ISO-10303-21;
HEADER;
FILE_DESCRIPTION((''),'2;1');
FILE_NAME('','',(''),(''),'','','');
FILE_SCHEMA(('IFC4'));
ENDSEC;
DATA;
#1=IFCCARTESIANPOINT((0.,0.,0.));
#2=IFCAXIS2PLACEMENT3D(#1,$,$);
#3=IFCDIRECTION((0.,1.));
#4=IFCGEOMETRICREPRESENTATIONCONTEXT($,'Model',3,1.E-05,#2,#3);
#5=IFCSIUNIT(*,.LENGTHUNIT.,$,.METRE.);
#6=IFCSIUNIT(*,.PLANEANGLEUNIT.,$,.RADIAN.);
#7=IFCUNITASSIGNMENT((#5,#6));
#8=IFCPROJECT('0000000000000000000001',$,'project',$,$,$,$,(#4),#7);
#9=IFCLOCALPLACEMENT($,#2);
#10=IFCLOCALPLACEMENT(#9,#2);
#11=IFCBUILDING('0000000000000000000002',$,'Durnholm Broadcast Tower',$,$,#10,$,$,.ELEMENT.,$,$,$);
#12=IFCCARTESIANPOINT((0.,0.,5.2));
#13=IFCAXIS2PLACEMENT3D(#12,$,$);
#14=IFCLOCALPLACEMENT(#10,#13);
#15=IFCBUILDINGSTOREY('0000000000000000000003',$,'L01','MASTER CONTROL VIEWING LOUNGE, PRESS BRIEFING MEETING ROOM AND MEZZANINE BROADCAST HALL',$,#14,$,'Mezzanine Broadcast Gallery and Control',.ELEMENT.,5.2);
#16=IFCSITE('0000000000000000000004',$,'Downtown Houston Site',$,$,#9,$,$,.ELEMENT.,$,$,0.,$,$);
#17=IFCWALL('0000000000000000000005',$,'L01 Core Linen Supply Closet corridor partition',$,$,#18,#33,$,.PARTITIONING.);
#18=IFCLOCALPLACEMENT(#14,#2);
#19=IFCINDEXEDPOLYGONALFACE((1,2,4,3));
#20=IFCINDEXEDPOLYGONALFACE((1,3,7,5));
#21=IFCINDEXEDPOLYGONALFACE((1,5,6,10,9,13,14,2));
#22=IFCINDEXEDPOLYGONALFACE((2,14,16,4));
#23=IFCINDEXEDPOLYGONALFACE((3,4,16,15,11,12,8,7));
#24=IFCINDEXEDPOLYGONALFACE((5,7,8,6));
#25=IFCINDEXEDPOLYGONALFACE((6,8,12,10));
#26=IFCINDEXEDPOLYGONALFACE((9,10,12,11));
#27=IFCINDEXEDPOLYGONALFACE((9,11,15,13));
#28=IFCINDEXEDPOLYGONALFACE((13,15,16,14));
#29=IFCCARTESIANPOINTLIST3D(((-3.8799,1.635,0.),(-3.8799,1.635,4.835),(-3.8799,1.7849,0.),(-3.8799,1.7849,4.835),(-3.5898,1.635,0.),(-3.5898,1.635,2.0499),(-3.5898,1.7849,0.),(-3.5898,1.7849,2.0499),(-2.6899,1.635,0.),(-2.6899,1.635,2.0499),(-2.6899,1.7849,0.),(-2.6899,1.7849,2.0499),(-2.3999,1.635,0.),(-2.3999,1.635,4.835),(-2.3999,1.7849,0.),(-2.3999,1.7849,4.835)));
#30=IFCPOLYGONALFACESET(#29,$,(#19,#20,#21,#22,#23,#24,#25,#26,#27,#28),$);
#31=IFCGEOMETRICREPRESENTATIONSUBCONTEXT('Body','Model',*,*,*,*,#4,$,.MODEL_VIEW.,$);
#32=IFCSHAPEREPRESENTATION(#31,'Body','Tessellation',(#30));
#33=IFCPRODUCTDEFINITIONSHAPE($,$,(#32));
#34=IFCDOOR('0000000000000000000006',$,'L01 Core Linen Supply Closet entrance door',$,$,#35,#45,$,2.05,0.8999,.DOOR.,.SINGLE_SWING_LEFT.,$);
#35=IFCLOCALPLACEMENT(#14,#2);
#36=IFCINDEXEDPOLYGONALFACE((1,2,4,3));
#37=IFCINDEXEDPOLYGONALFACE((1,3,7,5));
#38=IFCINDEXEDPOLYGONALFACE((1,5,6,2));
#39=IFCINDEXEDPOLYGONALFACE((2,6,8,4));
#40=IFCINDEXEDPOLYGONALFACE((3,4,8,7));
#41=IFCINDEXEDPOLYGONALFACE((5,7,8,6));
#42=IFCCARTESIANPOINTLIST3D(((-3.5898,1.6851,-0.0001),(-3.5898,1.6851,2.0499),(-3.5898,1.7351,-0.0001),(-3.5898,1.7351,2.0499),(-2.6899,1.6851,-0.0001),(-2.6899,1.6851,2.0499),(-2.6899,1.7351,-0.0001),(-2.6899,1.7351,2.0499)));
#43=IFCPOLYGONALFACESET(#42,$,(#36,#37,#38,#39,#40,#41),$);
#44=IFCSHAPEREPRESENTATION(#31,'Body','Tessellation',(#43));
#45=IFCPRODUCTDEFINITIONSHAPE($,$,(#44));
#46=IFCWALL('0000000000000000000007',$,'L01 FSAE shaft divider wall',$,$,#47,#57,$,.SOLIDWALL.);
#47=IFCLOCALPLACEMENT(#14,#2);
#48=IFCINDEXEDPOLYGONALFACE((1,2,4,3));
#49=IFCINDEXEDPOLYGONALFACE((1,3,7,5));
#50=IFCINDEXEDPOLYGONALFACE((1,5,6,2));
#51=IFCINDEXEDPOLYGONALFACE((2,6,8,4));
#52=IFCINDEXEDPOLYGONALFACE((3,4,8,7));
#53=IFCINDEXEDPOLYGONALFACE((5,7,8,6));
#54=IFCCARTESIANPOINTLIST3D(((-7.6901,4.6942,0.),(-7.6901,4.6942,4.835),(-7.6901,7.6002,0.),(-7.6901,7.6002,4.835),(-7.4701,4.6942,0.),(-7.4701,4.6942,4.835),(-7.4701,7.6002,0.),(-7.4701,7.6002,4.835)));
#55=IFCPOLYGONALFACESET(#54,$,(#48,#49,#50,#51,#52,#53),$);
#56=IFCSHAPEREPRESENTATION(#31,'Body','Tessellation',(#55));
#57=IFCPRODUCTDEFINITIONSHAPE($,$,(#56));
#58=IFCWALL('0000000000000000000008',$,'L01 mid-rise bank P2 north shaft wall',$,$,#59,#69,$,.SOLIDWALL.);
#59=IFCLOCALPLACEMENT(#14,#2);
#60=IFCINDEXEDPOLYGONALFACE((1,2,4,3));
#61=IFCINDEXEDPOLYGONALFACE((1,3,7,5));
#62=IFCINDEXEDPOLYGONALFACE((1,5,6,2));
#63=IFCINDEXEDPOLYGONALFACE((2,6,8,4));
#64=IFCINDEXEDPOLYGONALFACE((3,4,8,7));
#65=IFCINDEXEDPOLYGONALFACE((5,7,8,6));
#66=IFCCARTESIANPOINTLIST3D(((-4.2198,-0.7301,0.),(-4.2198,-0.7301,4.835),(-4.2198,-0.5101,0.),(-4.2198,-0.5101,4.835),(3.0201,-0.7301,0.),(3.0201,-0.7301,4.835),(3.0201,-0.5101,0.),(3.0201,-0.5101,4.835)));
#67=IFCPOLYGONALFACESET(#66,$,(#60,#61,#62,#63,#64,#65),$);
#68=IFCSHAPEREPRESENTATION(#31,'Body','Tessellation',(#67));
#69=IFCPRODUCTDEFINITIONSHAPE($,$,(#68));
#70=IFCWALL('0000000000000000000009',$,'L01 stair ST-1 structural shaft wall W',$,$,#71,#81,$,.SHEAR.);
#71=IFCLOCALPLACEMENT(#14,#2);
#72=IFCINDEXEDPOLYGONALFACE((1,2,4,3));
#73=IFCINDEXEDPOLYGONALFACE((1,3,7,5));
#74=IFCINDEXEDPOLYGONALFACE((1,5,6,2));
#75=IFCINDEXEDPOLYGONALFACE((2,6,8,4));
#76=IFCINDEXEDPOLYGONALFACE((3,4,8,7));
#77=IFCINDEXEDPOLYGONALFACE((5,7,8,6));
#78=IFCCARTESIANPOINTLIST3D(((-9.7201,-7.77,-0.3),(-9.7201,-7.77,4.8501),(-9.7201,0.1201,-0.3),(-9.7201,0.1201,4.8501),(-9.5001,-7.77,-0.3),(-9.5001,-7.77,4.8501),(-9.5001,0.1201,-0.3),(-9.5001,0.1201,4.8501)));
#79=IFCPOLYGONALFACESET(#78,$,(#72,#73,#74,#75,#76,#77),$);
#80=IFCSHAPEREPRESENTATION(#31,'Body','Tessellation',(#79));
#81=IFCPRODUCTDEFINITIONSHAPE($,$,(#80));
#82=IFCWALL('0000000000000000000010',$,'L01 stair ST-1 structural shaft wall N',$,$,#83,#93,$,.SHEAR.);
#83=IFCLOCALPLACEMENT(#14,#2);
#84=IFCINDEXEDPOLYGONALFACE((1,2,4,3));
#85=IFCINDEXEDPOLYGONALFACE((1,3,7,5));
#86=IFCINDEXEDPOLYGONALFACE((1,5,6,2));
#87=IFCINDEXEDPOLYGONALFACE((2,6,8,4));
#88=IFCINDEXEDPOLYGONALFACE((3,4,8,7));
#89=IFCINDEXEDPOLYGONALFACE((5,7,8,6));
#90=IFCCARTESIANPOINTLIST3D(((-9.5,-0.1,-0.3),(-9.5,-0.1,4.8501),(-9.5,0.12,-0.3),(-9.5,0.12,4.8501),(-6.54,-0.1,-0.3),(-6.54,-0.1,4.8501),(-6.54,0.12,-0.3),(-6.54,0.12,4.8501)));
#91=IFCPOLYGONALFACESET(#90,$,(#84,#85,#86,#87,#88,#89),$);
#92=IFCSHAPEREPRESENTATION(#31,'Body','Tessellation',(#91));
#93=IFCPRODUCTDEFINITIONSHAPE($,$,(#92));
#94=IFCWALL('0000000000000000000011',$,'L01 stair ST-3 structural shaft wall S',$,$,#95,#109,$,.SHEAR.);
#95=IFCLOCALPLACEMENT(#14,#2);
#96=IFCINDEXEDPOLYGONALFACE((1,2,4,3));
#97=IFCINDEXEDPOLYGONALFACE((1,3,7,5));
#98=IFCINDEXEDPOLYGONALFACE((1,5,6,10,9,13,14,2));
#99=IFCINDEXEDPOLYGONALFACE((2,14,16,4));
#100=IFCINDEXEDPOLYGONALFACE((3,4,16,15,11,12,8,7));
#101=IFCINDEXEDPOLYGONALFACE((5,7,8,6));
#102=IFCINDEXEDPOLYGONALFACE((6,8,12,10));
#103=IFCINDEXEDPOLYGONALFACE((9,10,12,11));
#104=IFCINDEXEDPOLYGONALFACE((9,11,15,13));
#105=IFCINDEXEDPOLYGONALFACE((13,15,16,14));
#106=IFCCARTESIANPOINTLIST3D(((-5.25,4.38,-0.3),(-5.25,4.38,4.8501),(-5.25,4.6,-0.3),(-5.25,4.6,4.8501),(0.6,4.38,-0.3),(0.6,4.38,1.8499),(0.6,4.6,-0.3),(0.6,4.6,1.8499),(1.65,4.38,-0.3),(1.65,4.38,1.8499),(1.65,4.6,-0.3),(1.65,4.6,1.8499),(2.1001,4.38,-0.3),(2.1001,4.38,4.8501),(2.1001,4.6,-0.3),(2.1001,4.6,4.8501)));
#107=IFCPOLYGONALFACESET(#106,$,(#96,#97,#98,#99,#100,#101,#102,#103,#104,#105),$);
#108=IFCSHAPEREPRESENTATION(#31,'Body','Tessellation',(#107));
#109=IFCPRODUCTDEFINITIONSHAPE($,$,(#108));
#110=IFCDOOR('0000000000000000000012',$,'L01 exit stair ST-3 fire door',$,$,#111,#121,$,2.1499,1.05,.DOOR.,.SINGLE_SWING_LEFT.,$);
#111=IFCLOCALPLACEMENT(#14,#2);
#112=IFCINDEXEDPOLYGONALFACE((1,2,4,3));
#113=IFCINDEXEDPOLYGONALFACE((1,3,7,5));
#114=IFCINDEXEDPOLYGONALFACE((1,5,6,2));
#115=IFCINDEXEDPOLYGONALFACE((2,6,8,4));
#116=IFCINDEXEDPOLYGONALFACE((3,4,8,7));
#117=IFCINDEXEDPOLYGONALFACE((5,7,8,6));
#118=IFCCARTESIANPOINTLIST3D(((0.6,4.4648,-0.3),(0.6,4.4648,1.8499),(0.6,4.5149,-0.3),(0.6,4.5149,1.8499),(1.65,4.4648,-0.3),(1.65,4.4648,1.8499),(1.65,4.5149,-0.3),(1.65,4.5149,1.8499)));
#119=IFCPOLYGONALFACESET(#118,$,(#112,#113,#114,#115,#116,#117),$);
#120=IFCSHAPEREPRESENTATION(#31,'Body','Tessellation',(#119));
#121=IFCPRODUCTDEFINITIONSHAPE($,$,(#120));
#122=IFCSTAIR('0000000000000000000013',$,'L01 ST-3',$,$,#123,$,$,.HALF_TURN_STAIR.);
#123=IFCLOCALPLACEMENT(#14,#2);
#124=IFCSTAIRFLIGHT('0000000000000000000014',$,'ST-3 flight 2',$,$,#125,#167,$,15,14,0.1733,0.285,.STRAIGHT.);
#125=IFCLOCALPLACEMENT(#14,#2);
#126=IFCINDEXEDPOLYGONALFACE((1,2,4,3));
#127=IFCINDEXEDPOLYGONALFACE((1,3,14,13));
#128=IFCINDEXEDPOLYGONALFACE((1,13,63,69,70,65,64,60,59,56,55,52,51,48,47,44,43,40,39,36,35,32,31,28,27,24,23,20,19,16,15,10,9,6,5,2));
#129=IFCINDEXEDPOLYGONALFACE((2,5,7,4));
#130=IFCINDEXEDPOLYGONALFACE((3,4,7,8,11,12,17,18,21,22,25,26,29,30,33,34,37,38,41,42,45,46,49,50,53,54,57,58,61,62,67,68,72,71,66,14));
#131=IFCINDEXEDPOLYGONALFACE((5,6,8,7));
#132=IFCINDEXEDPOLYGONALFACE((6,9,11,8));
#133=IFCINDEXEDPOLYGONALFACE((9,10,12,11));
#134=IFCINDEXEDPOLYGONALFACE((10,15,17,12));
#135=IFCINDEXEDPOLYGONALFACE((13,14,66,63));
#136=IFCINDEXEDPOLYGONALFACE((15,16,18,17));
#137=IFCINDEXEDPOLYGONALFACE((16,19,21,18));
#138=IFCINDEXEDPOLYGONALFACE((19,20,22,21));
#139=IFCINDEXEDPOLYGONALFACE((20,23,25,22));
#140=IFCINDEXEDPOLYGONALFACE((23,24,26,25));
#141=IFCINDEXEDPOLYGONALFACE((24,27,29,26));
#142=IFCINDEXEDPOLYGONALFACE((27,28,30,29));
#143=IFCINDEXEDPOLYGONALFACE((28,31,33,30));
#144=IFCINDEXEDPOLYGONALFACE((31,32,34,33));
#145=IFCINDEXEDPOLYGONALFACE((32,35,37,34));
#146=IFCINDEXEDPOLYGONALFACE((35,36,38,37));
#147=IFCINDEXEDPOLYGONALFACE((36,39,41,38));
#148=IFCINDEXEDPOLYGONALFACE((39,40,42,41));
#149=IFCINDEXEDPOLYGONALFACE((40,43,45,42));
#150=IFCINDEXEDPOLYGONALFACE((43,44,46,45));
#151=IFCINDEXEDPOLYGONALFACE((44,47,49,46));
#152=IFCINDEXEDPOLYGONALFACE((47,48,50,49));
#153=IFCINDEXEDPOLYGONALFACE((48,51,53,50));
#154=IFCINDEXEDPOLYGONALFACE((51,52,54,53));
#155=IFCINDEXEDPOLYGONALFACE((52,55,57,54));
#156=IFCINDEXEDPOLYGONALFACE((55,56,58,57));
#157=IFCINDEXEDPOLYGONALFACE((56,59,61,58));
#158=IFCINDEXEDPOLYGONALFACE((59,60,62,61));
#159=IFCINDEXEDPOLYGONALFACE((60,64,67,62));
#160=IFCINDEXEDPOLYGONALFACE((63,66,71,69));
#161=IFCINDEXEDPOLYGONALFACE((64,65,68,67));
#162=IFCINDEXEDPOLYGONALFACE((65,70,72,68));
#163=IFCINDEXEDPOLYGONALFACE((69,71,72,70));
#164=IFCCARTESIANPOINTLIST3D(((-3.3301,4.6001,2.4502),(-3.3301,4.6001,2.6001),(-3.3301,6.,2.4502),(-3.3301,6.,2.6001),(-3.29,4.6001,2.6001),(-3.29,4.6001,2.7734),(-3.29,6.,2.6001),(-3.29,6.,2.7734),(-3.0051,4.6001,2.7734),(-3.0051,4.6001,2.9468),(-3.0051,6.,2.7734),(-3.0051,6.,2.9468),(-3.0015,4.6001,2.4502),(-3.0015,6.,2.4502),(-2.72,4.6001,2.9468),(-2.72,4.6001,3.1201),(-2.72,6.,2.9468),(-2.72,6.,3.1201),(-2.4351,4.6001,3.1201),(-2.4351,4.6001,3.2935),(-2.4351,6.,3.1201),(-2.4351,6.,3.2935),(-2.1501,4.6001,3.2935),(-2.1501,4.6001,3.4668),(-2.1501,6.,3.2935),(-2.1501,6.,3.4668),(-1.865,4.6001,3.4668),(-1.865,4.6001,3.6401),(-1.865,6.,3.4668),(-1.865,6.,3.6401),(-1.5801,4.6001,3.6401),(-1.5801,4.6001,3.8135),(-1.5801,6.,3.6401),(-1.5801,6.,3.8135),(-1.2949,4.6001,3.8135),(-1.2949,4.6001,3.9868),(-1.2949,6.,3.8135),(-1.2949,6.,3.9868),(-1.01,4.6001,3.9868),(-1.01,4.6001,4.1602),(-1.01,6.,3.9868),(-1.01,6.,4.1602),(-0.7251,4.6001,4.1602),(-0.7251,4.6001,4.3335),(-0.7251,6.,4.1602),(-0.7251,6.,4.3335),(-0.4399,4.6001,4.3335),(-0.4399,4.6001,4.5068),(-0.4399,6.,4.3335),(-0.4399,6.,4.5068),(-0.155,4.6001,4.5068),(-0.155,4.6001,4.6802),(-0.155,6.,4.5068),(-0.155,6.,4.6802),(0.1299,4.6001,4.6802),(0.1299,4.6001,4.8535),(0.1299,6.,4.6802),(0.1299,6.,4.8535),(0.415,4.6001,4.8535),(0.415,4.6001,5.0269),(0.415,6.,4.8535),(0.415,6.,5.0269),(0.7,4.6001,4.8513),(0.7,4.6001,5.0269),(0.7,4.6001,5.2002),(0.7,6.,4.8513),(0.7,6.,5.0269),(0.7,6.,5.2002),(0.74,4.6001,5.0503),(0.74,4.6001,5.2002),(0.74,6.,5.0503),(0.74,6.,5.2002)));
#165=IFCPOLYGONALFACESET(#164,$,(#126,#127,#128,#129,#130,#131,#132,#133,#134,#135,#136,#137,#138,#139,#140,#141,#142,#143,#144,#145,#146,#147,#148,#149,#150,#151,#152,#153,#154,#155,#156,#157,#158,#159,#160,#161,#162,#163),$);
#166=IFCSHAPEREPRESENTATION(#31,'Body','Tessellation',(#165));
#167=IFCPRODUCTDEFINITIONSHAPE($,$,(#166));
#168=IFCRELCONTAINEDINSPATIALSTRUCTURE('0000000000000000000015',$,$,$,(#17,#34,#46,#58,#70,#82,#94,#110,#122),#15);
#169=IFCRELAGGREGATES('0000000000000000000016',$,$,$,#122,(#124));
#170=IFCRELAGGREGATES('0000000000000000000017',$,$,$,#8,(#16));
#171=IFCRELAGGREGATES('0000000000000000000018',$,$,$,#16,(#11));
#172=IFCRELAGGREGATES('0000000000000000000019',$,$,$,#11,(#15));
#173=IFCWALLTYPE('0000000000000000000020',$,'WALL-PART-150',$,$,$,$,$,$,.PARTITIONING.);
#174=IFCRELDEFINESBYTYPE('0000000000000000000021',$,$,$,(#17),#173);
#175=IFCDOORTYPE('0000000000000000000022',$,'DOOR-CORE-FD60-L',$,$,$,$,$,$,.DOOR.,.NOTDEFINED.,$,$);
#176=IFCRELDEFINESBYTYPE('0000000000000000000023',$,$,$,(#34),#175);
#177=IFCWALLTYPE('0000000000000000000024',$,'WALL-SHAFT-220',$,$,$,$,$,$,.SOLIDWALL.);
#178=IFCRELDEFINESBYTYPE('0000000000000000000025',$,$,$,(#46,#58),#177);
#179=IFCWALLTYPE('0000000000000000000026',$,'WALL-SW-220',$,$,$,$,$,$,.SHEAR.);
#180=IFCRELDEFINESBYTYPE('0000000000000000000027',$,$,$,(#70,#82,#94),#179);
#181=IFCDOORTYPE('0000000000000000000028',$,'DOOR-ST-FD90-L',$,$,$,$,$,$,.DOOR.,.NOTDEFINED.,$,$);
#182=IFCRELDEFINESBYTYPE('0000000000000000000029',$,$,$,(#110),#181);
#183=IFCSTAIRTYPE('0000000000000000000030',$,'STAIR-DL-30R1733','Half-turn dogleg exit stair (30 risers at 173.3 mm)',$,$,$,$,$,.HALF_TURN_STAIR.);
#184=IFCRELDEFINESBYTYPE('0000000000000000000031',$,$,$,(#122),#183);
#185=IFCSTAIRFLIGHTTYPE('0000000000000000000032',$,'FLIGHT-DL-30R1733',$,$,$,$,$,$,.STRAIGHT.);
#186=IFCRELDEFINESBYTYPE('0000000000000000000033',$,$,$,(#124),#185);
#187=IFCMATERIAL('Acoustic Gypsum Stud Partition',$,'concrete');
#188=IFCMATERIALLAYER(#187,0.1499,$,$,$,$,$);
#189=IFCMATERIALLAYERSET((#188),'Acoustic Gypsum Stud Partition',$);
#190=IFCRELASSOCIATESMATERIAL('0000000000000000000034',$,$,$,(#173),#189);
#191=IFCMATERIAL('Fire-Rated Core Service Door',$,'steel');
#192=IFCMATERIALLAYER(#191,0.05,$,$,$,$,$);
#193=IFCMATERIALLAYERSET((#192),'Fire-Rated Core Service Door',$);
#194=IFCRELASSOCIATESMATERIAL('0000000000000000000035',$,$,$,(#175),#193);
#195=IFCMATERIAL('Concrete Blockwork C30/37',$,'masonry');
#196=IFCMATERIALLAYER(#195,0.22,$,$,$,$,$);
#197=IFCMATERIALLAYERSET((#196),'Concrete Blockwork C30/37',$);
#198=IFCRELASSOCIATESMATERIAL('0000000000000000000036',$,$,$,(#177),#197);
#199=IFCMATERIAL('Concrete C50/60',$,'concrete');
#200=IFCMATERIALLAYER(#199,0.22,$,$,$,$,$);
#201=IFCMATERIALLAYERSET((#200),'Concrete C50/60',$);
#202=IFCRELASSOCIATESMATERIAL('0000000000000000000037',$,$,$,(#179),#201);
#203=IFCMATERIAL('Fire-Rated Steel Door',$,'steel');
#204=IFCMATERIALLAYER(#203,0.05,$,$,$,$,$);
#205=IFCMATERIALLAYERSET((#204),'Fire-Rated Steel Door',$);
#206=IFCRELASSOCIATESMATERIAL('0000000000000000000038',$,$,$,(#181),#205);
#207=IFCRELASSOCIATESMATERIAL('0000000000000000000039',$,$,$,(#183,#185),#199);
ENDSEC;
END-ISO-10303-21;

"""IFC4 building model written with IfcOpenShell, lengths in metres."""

from ifc_helpers import new_model, si_unit, direction, frame, frame_2d, origin, place, context, subcontext, project, spatial, polyline, rectangle, outline, extrude, source, transform, mapped, material, layer, layer_set, type_object, type_shapes, element, fill, aggregate, save


model = new_model("IFC4")

# Units and contexts
model_context = context("Model", 3, precision=1e-05, world=origin(), true_north=direction((0.0, 1.0)))
body_context = subcontext(model_context, "Body", "Model", "MODEL_VIEW")
ifc_project = project(units=[si_unit("LENGTHUNIT", "METRE"), si_unit("PLANEANGLEUNIT", "RADIAN")], contexts=[model_context])

# Site, building, storey
site_placement = place(None, origin())
site = spatial("IfcSite", under=ifc_project, at=site_placement, Name="Downtown Houston Site", CompositionType="ELEMENT", RefElevation=0.0)
building_placement = place(site_placement, origin())
building = spatial("IfcBuilding", under=site, at=building_placement, Name="Durnholm Broadcast Tower", CompositionType="ELEMENT")
storey_placement = place(building_placement, frame((0.0, 0.0, 5.2)))
storey = spatial("IfcBuildingStorey", under=building, at=storey_placement, Name="L01", Description="MASTER CONTROL VIEWING LOUNGE, PRESS BRIEFING MEETING ROOM AND MEZZANINE BROADCAST HALL", LongName="Mezzanine Broadcast Gallery and Control", CompositionType="ELEMENT", Elevation=5.2)

# Wall, opening, door
ifc_material_1 = material(Name="Acoustic Gypsum Stud Partition", Category="concrete")
ifc_layer_1 = layer(ifc_material_1, 0.1499)
ifc_layer_set_1 = layer_set([ifc_layer_1], Name="Acoustic Gypsum Stud Partition")
wall_type_1 = type_object("IfcWallType", Name="WALL-PART-150", PredefinedType="PARTITIONING", material=ifc_layer_set_1)
ifc_material_2 = material(Name="Fire-Rated Core Service Door", Category="steel")
wall_1_placement = place(storey_placement, frame((-2.3999, 1.71, 0.0), z_axis=(0.0, 0.0, 1.0), x_axis=(-1.0, 0.0, 0.0)))
wall_1 = element("IfcWall", 1, at=wall_1_placement, inside=storey, type_object=wall_type_1, Name="L01 Core Linen Supply Closet corridor partition", PredefinedType="PARTITIONING", context=body_context, shape_type="SweptSolid", body=[
    extrude(rectangle(XDim=1.48, YDim=0.1499, at=frame_2d((0.74, 0.0))), origin(), (0.0, 0.0, 1.0), 4.835),
])
opening_1_placement = place(wall_1_placement, frame((0.29, 0.0, 0.0)))
opening_1 = element("IfcOpeningElement", 2, at=opening_1_placement, cuts=wall_1, PredefinedType="OPENING", context=body_context, shape_type="SweptSolid", body=[
    extrude(rectangle(XDim=0.8999, YDim=2.05, at=frame_2d((0.45, 1.0249))), frame((0.0, 0.085, 0.0), z_axis=(0.0, -1.0, 0.0), x_axis=(1.0, 0.0, 0.0)), (0.0, 0.0, 1.0), 0.1699),
])
ifc_layer_2 = layer(ifc_material_2, 0.05)
ifc_layer_set_2 = layer_set([ifc_layer_2], Name="Fire-Rated Core Service Door")
door_type_1 = type_object("IfcDoorType", Name="DOOR-CORE-FD60-L", OperationType="NOTDEFINED", PredefinedType="DOOR", material=ifc_layer_set_2)
shared_shape_1 = source(origin(), body_context, "Body", "SweptSolid", [
    extrude(rectangle(XDim=0.8999, YDim=2.05, at=frame_2d((0.45, 1.0249))), frame((0.0, 0.0249, 0.0), z_axis=(0.0, -1.0, 0.0), x_axis=(1.0, 0.0, 0.0)), (0.0, 0.0, 1.0), 0.05),
])
type_shapes(door_type_1, [shared_shape_1])
door_1_placement = place(opening_1_placement, origin())
door_1 = element("IfcDoor", 3, at=door_1_placement, inside=storey, type_object=door_type_1, Name="L01 Core Linen Supply Closet entrance door", OperationType="SINGLE_SWING_LEFT", OverallHeight=2.05, OverallWidth=0.8999, PredefinedType="DOOR", context=body_context, shape_type="MappedRepresentation", body=[
    mapped(shared_shape_1, transform((0.0, 0.0, 0.0), x_axis=(1.0, 0.0, 0.0), y_axis=(0.0, 1.0, 0.0), z_axis=(0.0, 0.0, 1.0), scale=1.0)),
])
fill(opening_1, door_1)

# Shared definitions
ifc_material_3 = material(Name="Concrete Blockwork C30/37", Category="masonry")
ifc_layer_3 = layer(ifc_material_3, 0.22)
ifc_layer_set_3 = layer_set([ifc_layer_3], Name="Concrete Blockwork C30/37")
wall_type_2 = type_object("IfcWallType", Name="WALL-SHAFT-220", PredefinedType="SOLIDWALL", material=ifc_layer_set_3)

# Walls
wall_2_placement = place(storey_placement, frame((-7.5801, 4.6941, 0.0), z_axis=(0.0, 0.0, 1.0), x_axis=(0.0, 1.0, 0.0)))
element("IfcWall", 4, at=wall_2_placement, inside=storey, type_object=wall_type_2, Name="L01 FSAE shaft divider wall", PredefinedType="SOLIDWALL", context=body_context, shape_type="SweptSolid", body=[
    extrude(rectangle(XDim=2.906, YDim=0.22, at=frame_2d((1.4531, 0.0))), origin(), (0.0, 0.0, 1.0), 4.835),
])
wall_3_placement = place(storey_placement, frame((-4.22, -0.6201, 0.0), z_axis=(0.0, 0.0, 1.0), x_axis=(1.0, 0.0, 0.0)))
element("IfcWall", 5, at=wall_3_placement, inside=storey, type_object=wall_type_2, Name="L01 mid-rise bank P2 north shaft wall", PredefinedType="SOLIDWALL", context=body_context, shape_type="SweptSolid", body=[
    extrude(rectangle(XDim=7.24, YDim=0.22, at=frame_2d((3.6201, 0.0))), origin(), (0.0, 0.0, 1.0), 4.835),
])
ifc_material_4 = material(Name="Concrete C50/60", Category="concrete")
ifc_layer_4 = layer(ifc_material_4, 0.22)
ifc_layer_set_4 = layer_set([ifc_layer_4], Name="Concrete C50/60")
wall_type_3 = type_object("IfcWallType", Name="WALL-SW-220", PredefinedType="SHEAR", material=ifc_layer_set_4)
wall_4_placement = place(storey_placement, frame((-9.6101, 0.1201, -0.3), z_axis=(0.0, 0.0, 1.0), x_axis=(0.0, -1.0, 0.0)))
element("IfcWall", 6, at=wall_4_placement, inside=storey, type_object=wall_type_3, Name="L01 stair ST-1 structural shaft wall W", PredefinedType="SHEAR", context=body_context, shape_type="SweptSolid", body=[
    extrude(rectangle(XDim=7.8901, YDim=0.22, at=frame_2d((3.9451, 0.0))), origin(), (0.0, 0.0, 1.0), 5.1501),
])
wall_5_placement = place(storey_placement, frame((-6.54, 0.01, -0.3), z_axis=(0.0, 0.0, 1.0), x_axis=(-1.0, 0.0, 0.0)))
element("IfcWall", 7, at=wall_5_placement, inside=storey, type_object=wall_type_3, Name="L01 stair ST-1 structural shaft wall N", PredefinedType="SHEAR", context=body_context, shape_type="SweptSolid", body=[
    extrude(rectangle(XDim=2.96, YDim=0.22, at=frame_2d((1.48, 0.0))), origin(), (0.0, 0.0, 1.0), 5.1501),
])

# Wall, opening, door
wall_6_placement = place(storey_placement, frame((-5.25, 4.49, -0.3), z_axis=(0.0, 0.0, 1.0), x_axis=(1.0, 0.0, 0.0)))
wall_6 = element("IfcWall", 8, at=wall_6_placement, inside=storey, type_object=wall_type_3, Name="L01 stair ST-3 structural shaft wall S", PredefinedType="SHEAR", context=body_context, shape_type="SweptSolid", body=[
    extrude(rectangle(XDim=7.3501, YDim=0.22, at=frame_2d((3.675, 0.0))), origin(), (0.0, 0.0, 1.0), 5.1501),
])
opening_2_placement = place(wall_6_placement, frame((5.8501, 0.0, 0.0)))
opening_2 = element("IfcOpeningElement", 9, at=opening_2_placement, cuts=wall_6, PredefinedType="OPENING", context=body_context, shape_type="SweptSolid", body=[
    extrude(rectangle(XDim=1.05, YDim=2.1499, at=frame_2d((0.5249, 1.075))), frame((0.0, 0.1201, 0.0), z_axis=(0.0, -1.0, 0.0), x_axis=(1.0, 0.0, 0.0)), (0.0, 0.0, 1.0), 0.24),
])
ifc_material_5 = material(Name="Fire-Rated Steel Door", Category="steel")
ifc_layer_5 = layer(ifc_material_5, 0.05)
ifc_layer_set_5 = layer_set([ifc_layer_5], Name="Fire-Rated Steel Door")
door_type_2 = type_object("IfcDoorType", Name="DOOR-ST-FD90-L", OperationType="NOTDEFINED", PredefinedType="DOOR", material=ifc_layer_set_5)
shared_shape_2 = source(origin(), body_context, "Body", "SweptSolid", [
    extrude(rectangle(XDim=1.05, YDim=2.1499, at=frame_2d((0.5249, 1.075))), frame((0.0, 0.0249, 0.0), z_axis=(0.0, -1.0, 0.0), x_axis=(1.0, 0.0, 0.0)), (0.0, 0.0, 1.0), 0.05),
])
type_shapes(door_type_2, [shared_shape_2])
door_2_placement = place(opening_2_placement, origin())
door_2 = element("IfcDoor", 10, at=door_2_placement, inside=storey, type_object=door_type_2, Name="L01 exit stair ST-3 fire door", OperationType="SINGLE_SWING_LEFT", OverallHeight=2.1499, OverallWidth=1.05, PredefinedType="DOOR", context=body_context, shape_type="MappedRepresentation", body=[
    mapped(shared_shape_2, transform((0.0, 0.0, 0.0), x_axis=(1.0, 0.0, 0.0), y_axis=(0.0, 1.0, 0.0), z_axis=(0.0, 0.0, 1.0), scale=1.0)),
])
fill(opening_2, door_2)

# Stair, stair flight
stair_type = type_object("IfcStairType", Name="STAIR-DL-30R1733", Description="Half-turn dogleg exit stair (30 risers at 173.3 mm)", PredefinedType="HALF_TURN_STAIR", material=ifc_material_4)
stair_placement = place(storey_placement, origin())
stair = element("IfcStair", 11, at=stair_placement, inside=storey, type_object=stair_type, Name="L01 ST-3", PredefinedType="HALF_TURN_STAIR")
stair_flight_type = type_object("IfcStairFlightType", Name="FLIGHT-DL-30R1733", PredefinedType="STRAIGHT", material=ifc_material_4)
stair_flight_placement = place(storey_placement, frame((-3.29, 5.3, 2.6001), z_axis=(0.0, 0.0, 1.0), x_axis=(1.0, 0.0, 0.0)))
stair_flight = element("IfcStairFlight", 12, at=stair_flight_placement, type_object=stair_flight_type, Name="ST-3 flight 2", NumberOfRisers=15, NumberOfTreads=14, PredefinedType="STRAIGHT", RiserHeight=0.1733, TreadLength=0.285, context=body_context, shape_type="SweptSolid", body=[
    extrude(outline(polyline([(-0.04, -0.1499), (-0.04, 0.0), (0.0, 0.0), (0.0, 0.1733), (0.2849, 0.1733), (0.2849, 0.3467), (0.5701, 0.3467), (0.5701, 0.52), (0.855, 0.52), (0.855, 0.6934), (1.1399, 0.6934), (1.1399, 0.8667), (1.425, 0.8667), (1.425, 1.04), (1.71, 1.04), (1.71, 1.2134), (1.9951, 1.2134), (1.9951, 1.3867), (2.28, 1.3867), (2.28, 1.5601), (2.5649, 1.5601), (2.5649, 1.7334), (2.8501, 1.7334), (2.8501, 1.9067), (3.135, 1.9067), (3.135, 2.0801), (3.4199, 2.0801), (3.4199, 2.2534), (3.7051, 2.2534), (3.7051, 2.4268), (3.99, 2.4268), (3.99, 2.6001), (4.03, 2.6001), (4.03, 2.4502), (3.99, 2.2512), (0.2886, -0.1499), (-0.04, -0.1499)])), frame((0.0, 0.7, 0.0), z_axis=(0.0, -1.0, 0.0), x_axis=(1.0, 0.0, 0.0)), (0.0, 0.0, 1.0), 1.3999),
])
aggregate(stair, [stair_flight])

save(model, "model.ifc")
